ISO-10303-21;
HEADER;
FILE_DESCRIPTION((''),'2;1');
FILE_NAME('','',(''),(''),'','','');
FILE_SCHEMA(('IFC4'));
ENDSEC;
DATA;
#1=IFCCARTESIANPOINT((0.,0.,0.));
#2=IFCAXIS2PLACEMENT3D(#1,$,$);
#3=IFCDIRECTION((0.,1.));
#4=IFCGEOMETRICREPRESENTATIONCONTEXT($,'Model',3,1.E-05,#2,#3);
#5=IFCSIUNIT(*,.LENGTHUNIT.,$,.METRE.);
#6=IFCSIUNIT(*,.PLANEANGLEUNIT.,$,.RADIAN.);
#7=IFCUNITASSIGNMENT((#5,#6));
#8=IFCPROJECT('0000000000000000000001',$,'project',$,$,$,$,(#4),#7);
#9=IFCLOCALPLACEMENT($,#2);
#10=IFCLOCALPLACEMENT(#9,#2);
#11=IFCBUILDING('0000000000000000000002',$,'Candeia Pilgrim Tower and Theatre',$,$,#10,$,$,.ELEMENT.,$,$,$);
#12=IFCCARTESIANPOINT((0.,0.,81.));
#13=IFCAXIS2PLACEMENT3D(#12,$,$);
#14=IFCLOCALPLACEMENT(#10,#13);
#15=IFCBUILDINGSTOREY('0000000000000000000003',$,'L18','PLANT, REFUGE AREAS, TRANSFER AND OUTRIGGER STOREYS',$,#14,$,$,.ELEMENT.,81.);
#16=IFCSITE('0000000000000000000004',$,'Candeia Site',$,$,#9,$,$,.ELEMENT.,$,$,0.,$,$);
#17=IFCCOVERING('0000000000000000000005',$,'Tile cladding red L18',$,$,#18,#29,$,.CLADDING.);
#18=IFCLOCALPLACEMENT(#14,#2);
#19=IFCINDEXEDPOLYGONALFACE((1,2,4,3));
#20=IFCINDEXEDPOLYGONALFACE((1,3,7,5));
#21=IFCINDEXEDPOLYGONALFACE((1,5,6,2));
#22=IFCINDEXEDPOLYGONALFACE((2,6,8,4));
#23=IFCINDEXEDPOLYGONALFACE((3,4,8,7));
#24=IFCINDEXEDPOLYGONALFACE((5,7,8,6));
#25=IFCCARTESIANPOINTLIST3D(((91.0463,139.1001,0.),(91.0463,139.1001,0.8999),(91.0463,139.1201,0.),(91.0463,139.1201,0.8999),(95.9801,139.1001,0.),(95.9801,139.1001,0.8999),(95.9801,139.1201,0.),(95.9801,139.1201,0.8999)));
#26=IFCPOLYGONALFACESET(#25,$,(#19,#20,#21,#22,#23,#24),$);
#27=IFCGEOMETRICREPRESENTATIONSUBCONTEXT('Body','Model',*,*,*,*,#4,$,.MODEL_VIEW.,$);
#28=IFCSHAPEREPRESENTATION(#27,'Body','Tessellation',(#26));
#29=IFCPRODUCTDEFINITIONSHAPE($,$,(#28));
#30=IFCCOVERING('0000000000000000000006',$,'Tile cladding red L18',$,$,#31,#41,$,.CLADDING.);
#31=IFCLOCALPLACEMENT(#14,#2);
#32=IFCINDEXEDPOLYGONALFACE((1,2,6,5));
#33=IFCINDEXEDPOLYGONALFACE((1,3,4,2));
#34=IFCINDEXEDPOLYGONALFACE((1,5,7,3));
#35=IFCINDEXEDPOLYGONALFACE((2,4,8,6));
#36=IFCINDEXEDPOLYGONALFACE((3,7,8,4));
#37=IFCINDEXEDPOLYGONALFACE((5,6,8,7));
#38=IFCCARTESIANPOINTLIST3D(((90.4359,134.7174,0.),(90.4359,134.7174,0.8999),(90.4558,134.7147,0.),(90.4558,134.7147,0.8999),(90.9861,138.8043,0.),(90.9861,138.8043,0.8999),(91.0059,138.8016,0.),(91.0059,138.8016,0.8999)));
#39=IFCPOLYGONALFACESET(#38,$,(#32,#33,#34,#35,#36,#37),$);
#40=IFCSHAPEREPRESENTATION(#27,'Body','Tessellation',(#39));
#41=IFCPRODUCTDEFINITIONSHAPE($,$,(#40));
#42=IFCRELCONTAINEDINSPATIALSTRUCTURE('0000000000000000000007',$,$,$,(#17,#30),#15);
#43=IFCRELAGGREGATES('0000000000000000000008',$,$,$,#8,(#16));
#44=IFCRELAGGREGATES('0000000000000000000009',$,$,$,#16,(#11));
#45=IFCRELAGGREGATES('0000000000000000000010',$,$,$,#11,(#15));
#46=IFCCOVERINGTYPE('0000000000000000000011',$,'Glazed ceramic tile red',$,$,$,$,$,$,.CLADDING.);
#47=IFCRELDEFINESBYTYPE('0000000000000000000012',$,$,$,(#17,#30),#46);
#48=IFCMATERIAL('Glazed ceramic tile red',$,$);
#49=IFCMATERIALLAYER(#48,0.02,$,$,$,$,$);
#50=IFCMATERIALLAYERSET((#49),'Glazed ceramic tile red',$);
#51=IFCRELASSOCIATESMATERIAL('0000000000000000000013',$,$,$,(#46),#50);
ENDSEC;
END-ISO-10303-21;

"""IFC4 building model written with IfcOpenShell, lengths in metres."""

from ifc_helpers import new_model, si_unit, direction, frame, origin, origin_2d, place, context, subcontext, project, spatial, rectangle, extrude, material, layer, layer_set, type_object, element, save


model = new_model("IFC4")

# Units and contexts
model_context = context("Model", 3, precision=1e-05, world=origin(), true_north=direction((0.0, 1.0)))
body_context = subcontext(model_context, "Body", "Model", "MODEL_VIEW")
ifc_project = project(units=[si_unit("LENGTHUNIT", "METRE"), si_unit("PLANEANGLEUNIT", "RADIAN")], contexts=[model_context])

# Site, building, storey
site_placement = place(None, origin())
site = spatial("IfcSite", under=ifc_project, at=site_placement, Name="Candeia Site", CompositionType="ELEMENT", RefElevation=0.0)
building_placement = place(site_placement, origin())
building = spatial("IfcBuilding", under=site, at=building_placement, Name="Candeia Pilgrim Tower and Theatre", CompositionType="ELEMENT")
storey_placement = place(building_placement, frame((0.0, 0.0, 81.0)))
storey = spatial("IfcBuildingStorey", under=building, at=storey_placement, Name="L18", Description="PLANT, REFUGE AREAS, TRANSFER AND OUTRIGGER STOREYS", CompositionType="ELEMENT", Elevation=81.0)

# Coverings
ifc_material_1 = material(Name="Glazed ceramic tile red")
ifc_layer_1 = layer(ifc_material_1, 0.02)
ifc_layer_set_1 = layer_set([ifc_layer_1], Name="Glazed ceramic tile red")
covering_type = type_object("IfcCoveringType", Name="Glazed ceramic tile red", PredefinedType="CLADDING", material=ifc_layer_set_1)
covering_1_placement = place(storey_placement, frame((93.5132, 139.1101, 0.0), z_axis=(0.0, 0.0, 1.0), x_axis=(-1.0, 0.0, 0.0)))
element("IfcCovering", 1, at=covering_1_placement, inside=storey, type_object=covering_type, Name="Tile cladding red L18", PredefinedType="CLADDING", context=body_context, shape_type="SweptSolid", body=[
    extrude(rectangle(XDim=4.9338, YDim=0.02, at=origin_2d()), origin(), (0.0, 0.0, 1.0), 0.8999),
])
covering_2_placement = place(storey_placement, frame((90.7209, 136.7595, 0.0), z_axis=(0.0, 0.0, 1.0), x_axis=(-0.133412, -0.991061, 0.0)))
element("IfcCovering", 2, at=covering_2_placement, inside=storey, type_object=covering_type, Name="Tile cladding red L18", PredefinedType="CLADDING", context=body_context, shape_type="SweptSolid", body=[
    extrude(rectangle(XDim=4.1238, YDim=0.02, at=origin_2d()), origin(), (0.0, 0.0, 1.0), 0.8999),
])

save(model, "model.ifc")
